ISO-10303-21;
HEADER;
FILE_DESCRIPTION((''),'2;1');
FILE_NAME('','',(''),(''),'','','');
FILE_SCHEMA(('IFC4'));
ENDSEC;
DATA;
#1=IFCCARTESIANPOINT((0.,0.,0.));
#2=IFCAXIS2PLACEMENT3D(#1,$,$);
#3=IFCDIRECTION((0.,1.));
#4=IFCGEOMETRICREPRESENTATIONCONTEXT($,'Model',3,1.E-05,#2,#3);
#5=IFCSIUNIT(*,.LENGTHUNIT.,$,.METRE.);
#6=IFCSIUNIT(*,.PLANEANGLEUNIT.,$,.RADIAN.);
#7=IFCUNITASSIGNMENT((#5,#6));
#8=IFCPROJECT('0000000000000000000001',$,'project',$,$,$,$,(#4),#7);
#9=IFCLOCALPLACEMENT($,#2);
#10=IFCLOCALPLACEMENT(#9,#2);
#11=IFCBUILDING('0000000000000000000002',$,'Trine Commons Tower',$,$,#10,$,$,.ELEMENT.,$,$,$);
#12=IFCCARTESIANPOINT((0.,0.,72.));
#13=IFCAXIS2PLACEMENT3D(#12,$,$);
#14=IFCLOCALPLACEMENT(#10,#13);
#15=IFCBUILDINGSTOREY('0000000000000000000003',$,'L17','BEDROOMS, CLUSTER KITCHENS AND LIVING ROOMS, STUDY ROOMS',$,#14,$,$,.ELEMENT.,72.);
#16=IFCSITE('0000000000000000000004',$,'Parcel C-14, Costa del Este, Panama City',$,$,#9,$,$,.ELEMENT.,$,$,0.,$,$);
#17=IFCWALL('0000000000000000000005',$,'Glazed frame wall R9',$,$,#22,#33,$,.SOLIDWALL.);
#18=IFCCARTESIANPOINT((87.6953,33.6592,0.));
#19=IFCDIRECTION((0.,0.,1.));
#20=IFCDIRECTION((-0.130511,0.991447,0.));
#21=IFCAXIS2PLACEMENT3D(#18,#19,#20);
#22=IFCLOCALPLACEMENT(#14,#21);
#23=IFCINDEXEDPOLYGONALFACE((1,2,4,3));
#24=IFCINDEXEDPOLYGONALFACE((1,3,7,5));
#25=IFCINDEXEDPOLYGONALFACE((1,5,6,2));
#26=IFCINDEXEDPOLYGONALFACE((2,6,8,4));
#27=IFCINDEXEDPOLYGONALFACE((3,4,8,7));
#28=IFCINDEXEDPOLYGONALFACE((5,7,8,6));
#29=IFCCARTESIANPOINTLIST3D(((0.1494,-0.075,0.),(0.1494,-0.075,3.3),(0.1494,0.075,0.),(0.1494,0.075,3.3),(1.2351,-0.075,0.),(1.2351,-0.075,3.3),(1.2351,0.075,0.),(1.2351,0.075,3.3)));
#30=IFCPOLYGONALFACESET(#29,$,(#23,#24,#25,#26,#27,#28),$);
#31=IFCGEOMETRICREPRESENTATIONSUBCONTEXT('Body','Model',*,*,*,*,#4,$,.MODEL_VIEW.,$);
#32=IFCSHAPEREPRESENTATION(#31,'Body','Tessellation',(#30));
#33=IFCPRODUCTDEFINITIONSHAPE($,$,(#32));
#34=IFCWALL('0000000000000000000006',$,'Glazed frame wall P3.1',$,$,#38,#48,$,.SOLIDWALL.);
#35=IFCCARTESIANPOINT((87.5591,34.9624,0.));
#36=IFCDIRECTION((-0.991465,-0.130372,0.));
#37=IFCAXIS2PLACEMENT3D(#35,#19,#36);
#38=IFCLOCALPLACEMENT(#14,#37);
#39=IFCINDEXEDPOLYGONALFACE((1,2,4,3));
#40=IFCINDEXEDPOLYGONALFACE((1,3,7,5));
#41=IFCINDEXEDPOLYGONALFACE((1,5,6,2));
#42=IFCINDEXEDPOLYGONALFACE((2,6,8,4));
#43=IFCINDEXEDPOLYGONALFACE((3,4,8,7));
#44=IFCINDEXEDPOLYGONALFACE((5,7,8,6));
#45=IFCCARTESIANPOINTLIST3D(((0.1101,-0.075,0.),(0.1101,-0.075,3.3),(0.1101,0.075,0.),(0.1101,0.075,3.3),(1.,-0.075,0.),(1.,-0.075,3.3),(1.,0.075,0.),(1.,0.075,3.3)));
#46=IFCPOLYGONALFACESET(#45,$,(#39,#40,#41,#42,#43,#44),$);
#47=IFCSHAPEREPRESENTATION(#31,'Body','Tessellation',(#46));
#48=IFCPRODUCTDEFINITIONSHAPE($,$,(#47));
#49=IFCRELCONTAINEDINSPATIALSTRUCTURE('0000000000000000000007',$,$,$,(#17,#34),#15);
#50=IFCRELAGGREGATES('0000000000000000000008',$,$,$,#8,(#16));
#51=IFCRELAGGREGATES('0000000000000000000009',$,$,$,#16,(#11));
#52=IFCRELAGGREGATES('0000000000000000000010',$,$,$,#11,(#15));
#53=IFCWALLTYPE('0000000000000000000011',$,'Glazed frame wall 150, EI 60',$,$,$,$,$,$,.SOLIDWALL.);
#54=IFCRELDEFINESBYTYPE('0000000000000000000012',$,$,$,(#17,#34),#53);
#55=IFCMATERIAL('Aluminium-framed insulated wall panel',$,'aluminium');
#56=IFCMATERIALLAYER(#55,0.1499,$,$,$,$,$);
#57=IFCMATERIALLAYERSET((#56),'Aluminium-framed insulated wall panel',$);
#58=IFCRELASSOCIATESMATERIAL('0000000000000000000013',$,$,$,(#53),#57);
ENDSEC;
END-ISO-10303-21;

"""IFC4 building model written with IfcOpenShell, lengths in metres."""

from ifc_helpers import new_model, si_unit, direction, frame, origin, place, context, subcontext, project, spatial, polyline, outline, extrude, material, layer, layer_set, type_object, element, save


model = new_model("IFC4")

# Units and contexts
model_context = context("Model", 3, precision=1e-05, world=origin(), true_north=direction((0.0, 1.0)))
body_context = subcontext(model_context, "Body", "Model", "MODEL_VIEW")
ifc_project = project(units=[si_unit("LENGTHUNIT", "METRE"), si_unit("PLANEANGLEUNIT", "RADIAN")], contexts=[model_context])

# Site, building, storey
site_placement = place(None, origin())
site = spatial("IfcSite", under=ifc_project, at=site_placement, Name="Parcel C-14, Costa del Este, Panama City", CompositionType="ELEMENT", RefElevation=0.0)
building_placement = place(site_placement, origin())
building = spatial("IfcBuilding", under=site, at=building_placement, Name="Trine Commons Tower", CompositionType="ELEMENT")
storey_placement = place(building_placement, frame((0.0, 0.0, 72.0)))
storey = spatial("IfcBuildingStorey", under=building, at=storey_placement, Name="L17", Description="BEDROOMS, CLUSTER KITCHENS AND LIVING ROOMS, STUDY ROOMS", CompositionType="ELEMENT", Elevation=72.0)

# Walls
ifc_material_1 = material(Name="Aluminium-framed insulated wall panel", Category="aluminium")
ifc_layer_1 = layer(ifc_material_1, 0.1499)
ifc_layer_set_1 = layer_set([ifc_layer_1], Name="Aluminium-framed insulated wall panel")
wall_type_1 = type_object("IfcWallType", Name="Glazed frame wall 150, EI 60", PredefinedType="SOLIDWALL", material=ifc_layer_set_1)
wall_1_placement = place(storey_placement, frame((87.6953, 33.6592, 0.0), z_axis=(0.0, 0.0, 1.0), x_axis=(-0.130511, 0.991447, 0.0)))
element("IfcWall", 1, at=wall_1_placement, inside=storey, type_object=wall_type_1, Name="Glazed frame wall R9", PredefinedType="SOLIDWALL", context=body_context, shape_type="SweptSolid", body=[
    extrude(outline(polyline([(0.1494, 0.075), (0.1494, -0.075), (1.2351, -0.075), (1.2351, 0.075), (0.1494, 0.075)])), origin(), (0.0, 0.0, 1.0), 3.3),
])
wall_2_placement = place(storey_placement, frame((87.5591, 34.9624, 0.0), z_axis=(0.0, 0.0, 1.0), x_axis=(-0.991465, -0.130372, 0.0)))
element("IfcWall", 2, at=wall_2_placement, inside=storey, type_object=wall_type_1, Name="Glazed frame wall P3.1", PredefinedType="SOLIDWALL", context=body_context, shape_type="SweptSolid", body=[
    extrude(outline(polyline([(0.1101, -0.075), (1.0, -0.075), (1.0, 0.075), (0.1101, 0.075), (0.1101, -0.075)])), origin(), (0.0, 0.0, 1.0), 3.3),
])

save(model, "model.ifc")
